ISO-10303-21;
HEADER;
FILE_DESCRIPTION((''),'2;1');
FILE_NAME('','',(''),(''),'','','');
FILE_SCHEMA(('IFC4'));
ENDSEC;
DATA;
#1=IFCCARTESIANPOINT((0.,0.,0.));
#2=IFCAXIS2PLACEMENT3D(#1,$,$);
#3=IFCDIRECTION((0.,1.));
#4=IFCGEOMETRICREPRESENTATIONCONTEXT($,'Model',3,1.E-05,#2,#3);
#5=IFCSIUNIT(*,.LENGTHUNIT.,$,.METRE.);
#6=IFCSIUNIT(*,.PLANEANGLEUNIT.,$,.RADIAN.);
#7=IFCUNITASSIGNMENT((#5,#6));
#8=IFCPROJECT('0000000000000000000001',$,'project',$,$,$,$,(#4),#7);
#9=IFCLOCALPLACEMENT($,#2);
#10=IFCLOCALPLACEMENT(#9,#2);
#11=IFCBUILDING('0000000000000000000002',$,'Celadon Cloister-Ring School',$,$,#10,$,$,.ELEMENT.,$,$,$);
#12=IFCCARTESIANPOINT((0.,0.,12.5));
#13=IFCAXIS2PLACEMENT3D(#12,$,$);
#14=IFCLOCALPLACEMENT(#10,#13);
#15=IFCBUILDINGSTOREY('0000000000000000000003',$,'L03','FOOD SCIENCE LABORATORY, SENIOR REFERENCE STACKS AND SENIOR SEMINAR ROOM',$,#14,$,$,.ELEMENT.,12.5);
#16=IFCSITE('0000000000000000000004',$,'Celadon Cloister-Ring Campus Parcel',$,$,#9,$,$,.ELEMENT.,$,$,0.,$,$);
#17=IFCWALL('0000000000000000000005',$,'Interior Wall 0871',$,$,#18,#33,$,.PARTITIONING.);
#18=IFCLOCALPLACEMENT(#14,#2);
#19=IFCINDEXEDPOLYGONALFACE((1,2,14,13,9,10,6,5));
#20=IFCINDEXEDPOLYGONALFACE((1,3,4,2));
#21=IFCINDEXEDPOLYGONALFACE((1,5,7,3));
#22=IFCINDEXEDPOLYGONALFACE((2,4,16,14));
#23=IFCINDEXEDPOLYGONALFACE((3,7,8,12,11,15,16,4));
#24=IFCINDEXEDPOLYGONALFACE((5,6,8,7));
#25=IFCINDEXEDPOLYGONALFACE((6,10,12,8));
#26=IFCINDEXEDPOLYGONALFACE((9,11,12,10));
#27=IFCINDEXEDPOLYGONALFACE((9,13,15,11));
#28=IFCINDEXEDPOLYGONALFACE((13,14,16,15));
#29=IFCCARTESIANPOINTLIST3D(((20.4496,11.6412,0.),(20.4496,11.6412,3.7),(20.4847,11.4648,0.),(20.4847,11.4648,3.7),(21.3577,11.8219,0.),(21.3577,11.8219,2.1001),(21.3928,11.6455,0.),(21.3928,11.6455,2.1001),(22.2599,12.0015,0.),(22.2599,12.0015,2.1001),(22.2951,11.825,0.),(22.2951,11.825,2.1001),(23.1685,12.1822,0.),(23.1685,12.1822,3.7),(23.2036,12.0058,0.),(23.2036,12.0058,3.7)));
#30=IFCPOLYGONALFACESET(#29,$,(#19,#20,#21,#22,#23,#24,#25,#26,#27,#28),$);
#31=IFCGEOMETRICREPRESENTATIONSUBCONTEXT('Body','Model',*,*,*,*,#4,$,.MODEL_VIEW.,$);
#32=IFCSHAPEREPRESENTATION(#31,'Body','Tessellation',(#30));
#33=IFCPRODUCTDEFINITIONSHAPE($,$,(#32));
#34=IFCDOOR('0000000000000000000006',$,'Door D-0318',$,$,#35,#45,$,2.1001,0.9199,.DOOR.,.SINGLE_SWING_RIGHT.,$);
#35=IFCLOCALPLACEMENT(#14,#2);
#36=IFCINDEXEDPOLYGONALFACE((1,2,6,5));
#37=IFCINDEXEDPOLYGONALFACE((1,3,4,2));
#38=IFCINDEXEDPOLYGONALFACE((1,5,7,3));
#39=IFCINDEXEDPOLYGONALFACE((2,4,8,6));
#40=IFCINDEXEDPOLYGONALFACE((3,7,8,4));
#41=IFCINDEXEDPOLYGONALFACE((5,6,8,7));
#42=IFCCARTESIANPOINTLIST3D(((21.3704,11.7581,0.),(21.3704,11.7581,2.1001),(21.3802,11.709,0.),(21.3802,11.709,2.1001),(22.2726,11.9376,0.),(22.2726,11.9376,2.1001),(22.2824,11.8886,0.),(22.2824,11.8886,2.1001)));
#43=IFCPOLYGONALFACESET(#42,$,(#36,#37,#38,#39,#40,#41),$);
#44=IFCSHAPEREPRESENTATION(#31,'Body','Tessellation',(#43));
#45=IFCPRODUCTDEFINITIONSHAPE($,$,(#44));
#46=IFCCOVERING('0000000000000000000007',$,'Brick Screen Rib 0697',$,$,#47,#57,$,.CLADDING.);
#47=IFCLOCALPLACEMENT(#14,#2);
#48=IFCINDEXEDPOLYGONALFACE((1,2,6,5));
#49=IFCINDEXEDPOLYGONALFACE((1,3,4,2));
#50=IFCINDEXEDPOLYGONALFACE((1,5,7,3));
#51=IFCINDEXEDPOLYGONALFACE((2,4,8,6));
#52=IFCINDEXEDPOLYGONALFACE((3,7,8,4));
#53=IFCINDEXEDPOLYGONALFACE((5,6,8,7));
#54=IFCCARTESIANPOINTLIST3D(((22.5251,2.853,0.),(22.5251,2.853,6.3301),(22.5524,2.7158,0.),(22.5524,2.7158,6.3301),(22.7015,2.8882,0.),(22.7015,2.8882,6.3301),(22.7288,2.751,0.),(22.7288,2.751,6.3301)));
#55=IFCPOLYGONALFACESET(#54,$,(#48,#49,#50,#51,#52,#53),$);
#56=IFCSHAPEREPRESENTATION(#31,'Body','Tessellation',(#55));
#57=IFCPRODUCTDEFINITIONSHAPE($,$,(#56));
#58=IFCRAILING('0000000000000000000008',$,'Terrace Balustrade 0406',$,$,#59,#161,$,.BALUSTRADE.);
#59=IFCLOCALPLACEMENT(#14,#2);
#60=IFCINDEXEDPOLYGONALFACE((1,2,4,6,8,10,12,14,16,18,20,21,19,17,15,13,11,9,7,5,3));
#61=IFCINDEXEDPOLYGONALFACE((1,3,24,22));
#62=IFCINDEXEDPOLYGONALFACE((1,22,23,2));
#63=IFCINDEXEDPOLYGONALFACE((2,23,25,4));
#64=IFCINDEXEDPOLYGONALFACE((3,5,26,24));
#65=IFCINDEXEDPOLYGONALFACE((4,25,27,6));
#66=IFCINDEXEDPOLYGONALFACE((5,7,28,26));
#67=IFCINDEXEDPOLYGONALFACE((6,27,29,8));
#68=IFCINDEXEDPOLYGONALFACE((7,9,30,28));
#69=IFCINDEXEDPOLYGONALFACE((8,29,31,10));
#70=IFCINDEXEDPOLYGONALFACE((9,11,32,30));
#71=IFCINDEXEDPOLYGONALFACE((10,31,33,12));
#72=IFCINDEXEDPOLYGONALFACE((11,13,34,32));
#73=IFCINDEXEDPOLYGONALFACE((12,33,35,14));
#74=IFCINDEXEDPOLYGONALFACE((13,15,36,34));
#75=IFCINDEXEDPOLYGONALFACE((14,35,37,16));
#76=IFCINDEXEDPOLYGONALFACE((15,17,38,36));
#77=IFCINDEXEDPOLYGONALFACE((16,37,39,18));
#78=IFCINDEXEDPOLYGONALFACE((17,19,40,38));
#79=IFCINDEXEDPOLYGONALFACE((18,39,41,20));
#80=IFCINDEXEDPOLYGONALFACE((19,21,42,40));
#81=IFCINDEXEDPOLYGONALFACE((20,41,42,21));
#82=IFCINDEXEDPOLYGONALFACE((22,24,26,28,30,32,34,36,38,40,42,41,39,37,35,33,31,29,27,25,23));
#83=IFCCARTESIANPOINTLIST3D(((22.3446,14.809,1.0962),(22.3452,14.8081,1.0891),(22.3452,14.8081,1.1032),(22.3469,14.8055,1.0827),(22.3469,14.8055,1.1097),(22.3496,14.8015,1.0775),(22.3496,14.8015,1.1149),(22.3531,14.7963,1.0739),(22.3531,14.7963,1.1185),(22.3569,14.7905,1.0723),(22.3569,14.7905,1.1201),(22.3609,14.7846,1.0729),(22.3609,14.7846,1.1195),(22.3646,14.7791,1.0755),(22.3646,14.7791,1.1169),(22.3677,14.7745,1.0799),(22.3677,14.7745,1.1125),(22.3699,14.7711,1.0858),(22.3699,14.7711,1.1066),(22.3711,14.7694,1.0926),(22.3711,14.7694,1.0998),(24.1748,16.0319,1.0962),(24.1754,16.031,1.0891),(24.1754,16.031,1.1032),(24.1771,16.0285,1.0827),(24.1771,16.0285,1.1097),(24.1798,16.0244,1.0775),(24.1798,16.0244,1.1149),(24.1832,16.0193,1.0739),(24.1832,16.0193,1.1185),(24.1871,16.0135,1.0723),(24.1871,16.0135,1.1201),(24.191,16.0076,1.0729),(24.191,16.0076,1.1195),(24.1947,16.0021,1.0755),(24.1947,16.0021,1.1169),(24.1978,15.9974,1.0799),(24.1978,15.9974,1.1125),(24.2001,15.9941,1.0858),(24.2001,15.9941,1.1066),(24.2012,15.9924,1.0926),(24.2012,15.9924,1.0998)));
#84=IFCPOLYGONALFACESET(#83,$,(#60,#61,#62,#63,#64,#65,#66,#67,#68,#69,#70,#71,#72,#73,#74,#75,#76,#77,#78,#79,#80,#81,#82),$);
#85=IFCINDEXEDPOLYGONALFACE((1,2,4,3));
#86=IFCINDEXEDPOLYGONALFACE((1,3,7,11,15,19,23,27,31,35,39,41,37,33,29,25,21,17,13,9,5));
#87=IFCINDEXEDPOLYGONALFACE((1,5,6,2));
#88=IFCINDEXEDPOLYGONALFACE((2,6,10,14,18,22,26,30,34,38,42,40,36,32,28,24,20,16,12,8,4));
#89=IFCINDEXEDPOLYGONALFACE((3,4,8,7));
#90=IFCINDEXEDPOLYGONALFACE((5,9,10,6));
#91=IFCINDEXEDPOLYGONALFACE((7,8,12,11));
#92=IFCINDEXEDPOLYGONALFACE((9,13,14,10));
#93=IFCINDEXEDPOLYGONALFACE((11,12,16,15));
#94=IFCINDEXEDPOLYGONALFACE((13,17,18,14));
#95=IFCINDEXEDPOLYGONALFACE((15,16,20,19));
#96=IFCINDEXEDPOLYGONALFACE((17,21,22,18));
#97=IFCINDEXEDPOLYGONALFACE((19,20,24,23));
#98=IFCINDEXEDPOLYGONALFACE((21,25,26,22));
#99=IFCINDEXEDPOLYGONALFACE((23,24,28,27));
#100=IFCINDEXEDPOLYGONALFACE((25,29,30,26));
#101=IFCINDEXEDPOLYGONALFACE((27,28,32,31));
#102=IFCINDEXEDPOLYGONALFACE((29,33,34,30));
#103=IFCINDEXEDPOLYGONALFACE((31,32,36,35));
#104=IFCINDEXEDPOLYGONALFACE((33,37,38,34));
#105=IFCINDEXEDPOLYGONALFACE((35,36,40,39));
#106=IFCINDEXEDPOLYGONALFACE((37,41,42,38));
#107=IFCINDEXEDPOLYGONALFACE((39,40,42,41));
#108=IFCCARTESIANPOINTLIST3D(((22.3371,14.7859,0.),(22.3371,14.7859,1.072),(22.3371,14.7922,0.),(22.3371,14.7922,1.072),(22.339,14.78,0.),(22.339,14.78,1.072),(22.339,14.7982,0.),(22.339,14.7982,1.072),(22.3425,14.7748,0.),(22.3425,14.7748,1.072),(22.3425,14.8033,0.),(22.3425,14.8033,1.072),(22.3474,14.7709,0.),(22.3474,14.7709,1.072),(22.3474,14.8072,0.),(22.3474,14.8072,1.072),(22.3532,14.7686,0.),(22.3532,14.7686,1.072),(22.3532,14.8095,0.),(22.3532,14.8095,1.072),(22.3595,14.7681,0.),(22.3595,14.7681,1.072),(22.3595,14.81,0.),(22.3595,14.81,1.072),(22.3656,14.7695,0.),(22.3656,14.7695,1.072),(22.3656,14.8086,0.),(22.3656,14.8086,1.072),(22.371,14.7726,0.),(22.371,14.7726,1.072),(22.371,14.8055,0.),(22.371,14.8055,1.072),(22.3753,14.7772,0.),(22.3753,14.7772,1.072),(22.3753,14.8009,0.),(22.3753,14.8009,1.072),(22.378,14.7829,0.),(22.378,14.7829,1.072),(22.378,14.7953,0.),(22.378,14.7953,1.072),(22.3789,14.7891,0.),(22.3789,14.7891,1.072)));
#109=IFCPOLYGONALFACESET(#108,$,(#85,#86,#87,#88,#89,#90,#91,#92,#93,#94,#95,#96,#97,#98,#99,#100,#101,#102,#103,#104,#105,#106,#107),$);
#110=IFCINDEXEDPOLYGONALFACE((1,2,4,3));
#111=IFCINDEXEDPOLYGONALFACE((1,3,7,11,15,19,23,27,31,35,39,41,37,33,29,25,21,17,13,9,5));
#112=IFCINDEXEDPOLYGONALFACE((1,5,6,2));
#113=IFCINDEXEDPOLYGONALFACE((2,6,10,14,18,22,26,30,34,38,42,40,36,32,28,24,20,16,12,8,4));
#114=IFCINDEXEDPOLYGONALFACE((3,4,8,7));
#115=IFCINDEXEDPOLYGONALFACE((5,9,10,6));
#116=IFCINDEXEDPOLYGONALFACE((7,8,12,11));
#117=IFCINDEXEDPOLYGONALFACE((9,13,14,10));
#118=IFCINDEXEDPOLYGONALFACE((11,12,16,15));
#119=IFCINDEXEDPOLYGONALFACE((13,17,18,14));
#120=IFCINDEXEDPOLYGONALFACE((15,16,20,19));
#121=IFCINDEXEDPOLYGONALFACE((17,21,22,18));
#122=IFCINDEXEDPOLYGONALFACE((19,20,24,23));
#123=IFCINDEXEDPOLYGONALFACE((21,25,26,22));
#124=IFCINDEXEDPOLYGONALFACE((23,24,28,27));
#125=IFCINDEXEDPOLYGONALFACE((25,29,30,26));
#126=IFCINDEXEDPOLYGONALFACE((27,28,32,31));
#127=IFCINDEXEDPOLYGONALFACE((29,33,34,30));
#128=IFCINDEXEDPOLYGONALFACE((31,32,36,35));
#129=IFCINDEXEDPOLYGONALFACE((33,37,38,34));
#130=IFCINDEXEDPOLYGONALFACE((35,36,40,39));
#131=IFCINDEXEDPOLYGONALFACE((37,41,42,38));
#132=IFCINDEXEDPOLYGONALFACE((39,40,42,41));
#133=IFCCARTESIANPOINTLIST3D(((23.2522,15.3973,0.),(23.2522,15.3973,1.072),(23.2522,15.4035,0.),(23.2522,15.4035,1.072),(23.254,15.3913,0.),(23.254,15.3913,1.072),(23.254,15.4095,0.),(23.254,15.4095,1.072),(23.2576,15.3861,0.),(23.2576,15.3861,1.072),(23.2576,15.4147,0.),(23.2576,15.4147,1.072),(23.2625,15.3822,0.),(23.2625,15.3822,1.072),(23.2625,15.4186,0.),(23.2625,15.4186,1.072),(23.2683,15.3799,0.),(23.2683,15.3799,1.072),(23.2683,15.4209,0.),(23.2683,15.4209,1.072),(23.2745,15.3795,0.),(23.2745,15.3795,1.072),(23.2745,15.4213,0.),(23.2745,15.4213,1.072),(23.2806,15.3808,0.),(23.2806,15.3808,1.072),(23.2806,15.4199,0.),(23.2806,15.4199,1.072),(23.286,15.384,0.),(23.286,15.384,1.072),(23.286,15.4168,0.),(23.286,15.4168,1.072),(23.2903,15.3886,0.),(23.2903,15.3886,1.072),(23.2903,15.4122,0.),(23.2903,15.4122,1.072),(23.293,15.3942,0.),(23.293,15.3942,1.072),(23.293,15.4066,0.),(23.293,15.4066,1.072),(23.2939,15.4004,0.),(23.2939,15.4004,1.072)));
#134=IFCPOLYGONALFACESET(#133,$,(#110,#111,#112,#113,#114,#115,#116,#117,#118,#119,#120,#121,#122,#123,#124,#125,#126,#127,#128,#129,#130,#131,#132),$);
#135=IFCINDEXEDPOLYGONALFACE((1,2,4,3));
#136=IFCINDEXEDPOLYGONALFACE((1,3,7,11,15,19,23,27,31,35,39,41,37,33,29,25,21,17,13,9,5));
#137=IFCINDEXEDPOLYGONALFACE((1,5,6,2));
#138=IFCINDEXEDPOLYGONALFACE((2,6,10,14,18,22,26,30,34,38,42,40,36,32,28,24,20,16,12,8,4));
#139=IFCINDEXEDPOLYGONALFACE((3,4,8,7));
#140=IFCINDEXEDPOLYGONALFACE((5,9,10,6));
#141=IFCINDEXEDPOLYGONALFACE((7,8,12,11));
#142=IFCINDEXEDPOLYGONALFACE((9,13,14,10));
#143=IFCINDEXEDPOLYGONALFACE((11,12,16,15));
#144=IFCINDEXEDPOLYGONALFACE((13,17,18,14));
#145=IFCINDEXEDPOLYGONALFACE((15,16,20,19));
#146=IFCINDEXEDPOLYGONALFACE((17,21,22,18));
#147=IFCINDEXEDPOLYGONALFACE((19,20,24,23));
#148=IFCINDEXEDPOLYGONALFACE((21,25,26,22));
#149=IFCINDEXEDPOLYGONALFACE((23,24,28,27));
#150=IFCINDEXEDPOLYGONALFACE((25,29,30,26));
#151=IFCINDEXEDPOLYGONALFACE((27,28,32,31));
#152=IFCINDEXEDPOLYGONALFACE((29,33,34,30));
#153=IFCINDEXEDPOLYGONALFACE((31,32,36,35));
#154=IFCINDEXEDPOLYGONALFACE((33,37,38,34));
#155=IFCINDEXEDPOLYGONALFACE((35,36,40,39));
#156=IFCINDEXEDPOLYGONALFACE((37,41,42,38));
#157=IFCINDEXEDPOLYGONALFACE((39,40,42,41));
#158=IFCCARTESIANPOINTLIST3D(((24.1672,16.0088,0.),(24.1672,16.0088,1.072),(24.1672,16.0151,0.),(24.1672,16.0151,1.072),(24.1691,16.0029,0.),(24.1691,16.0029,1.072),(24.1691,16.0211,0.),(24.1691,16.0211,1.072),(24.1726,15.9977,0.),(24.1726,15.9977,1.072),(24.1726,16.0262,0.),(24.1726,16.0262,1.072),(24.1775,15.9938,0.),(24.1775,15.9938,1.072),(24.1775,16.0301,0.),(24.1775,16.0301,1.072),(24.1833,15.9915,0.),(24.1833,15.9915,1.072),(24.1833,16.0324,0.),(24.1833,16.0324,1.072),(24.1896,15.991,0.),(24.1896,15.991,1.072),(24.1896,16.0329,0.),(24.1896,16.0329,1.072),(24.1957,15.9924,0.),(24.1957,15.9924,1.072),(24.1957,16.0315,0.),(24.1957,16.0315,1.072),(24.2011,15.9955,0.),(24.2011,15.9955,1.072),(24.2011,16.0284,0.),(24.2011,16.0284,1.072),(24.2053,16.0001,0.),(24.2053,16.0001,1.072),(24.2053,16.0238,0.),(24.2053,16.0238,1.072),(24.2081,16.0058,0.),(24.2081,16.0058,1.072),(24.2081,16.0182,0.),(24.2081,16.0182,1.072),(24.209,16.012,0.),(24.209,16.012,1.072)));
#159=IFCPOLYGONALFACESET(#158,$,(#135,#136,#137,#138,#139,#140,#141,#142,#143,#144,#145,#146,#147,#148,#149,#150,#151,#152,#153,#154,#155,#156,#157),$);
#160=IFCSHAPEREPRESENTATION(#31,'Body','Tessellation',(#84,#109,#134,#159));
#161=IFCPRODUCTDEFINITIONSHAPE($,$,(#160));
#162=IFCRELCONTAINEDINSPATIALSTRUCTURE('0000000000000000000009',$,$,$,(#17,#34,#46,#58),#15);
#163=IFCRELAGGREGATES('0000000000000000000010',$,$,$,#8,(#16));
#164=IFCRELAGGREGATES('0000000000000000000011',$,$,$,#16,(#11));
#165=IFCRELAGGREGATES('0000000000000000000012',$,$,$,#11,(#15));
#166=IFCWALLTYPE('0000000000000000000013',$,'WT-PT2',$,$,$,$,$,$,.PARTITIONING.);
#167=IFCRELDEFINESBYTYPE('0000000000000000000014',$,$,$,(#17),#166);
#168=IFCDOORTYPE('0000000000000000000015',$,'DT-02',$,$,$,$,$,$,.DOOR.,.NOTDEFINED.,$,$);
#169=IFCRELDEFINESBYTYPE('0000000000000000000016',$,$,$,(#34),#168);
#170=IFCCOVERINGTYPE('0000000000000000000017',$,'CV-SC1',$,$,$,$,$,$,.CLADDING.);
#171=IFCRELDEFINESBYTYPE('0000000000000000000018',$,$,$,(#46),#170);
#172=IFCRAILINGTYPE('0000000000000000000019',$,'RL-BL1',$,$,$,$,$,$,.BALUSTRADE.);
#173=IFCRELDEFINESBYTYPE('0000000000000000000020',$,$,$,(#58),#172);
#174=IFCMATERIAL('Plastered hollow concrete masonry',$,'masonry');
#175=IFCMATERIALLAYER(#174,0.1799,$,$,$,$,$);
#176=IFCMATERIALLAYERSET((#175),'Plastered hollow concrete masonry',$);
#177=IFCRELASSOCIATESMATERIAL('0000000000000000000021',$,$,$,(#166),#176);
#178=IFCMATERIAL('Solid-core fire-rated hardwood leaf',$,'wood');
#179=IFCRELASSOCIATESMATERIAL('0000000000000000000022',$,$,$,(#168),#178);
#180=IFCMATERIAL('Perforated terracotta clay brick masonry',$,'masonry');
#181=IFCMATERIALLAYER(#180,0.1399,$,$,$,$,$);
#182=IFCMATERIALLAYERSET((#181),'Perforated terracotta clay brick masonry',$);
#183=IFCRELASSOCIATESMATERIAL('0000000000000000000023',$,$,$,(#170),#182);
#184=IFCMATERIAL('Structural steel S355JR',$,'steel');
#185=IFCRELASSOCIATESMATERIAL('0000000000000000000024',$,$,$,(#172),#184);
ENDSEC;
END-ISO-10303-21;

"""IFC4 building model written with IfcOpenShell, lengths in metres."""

from ifc_helpers import new_model, si_unit, direction, frame, frame_2d, origin, origin_2d, place, context, subcontext, project, spatial, rectangle, circle, extrude, material, layer, layer_set, type_object, element, fill, save


model = new_model("IFC4")

# Units and contexts
model_context = context("Model", 3, precision=1e-05, world=origin(), true_north=direction((0.0, 1.0)))
body_context = subcontext(model_context, "Body", "Model", "MODEL_VIEW")
ifc_project = project(units=[si_unit("LENGTHUNIT", "METRE"), si_unit("PLANEANGLEUNIT", "RADIAN")], contexts=[model_context])

# Site, building, storey
site_placement = place(None, origin())
site = spatial("IfcSite", under=ifc_project, at=site_placement, Name="Celadon Cloister-Ring Campus Parcel", CompositionType="ELEMENT", RefElevation=0.0)
building_placement = place(site_placement, origin())
building = spatial("IfcBuilding", under=site, at=building_placement, Name="Celadon Cloister-Ring School", CompositionType="ELEMENT")
storey_placement = place(building_placement, frame((0.0, 0.0, 12.5)))
storey = spatial("IfcBuildingStorey", under=building, at=storey_placement, Name="L03", Description="FOOD SCIENCE LABORATORY, SENIOR REFERENCE STACKS AND SENIOR SEMINAR ROOM", CompositionType="ELEMENT", Elevation=12.5)

# Wall, opening, door
ifc_material_1 = material(Name="Plastered hollow concrete masonry", Category="masonry")
ifc_layer_1 = layer(ifc_material_1, 0.1799)
ifc_layer_set_1 = layer_set([ifc_layer_1], Name="Plastered hollow concrete masonry")
wall_type = type_object("IfcWallType", Name="WT-PT2", PredefinedType="PARTITIONING", material=ifc_layer_set_1)
wall_placement = place(storey_placement, frame((20.467, 11.553, 0.0), z_axis=(0.0, 0.0, 1.0), x_axis=(0.980773, 0.195151, 0.0)))
wall = element("IfcWall", 1, at=wall_placement, inside=storey, type_object=wall_type, Name="Interior Wall 0871", PredefinedType="PARTITIONING", context=body_context, shape_type="SweptSolid", body=[
    extrude(rectangle(XDim=2.7722, YDim=0.1799, at=frame_2d((1.3862, 0.0))), origin(), (0.0, 0.0, 1.0), 3.7),
])
opening_placement = place(wall_placement, frame((0.926, 0.0, 0.0)))
opening = element("IfcOpeningElement", 2, at=opening_placement, cuts=wall, PredefinedType="OPENING", context=body_context, shape_type="SweptSolid", body=[
    extrude(rectangle(XDim=0.9199, YDim=2.1001, at=frame_2d((0.46, 1.05))), frame((0.0, 0.1001, 0.0), z_axis=(0.0, -1.0, 0.0), x_axis=(1.0, 0.0, 0.0)), (0.0, 0.0, 1.0), 0.2),
])
ifc_material_2 = material(Name="Solid-core fire-rated hardwood leaf", Category="wood")
door_type = type_object("IfcDoorType", Name="DT-02", OperationType="NOTDEFINED", PredefinedType="DOOR", material=ifc_material_2)
door_placement = place(opening_placement, origin())
door = element("IfcDoor", 3, at=door_placement, inside=storey, type_object=door_type, Name="Door D-0318", OperationType="SINGLE_SWING_RIGHT", OverallHeight=2.1001, OverallWidth=0.9199, PredefinedType="DOOR", context=body_context, shape_type="SweptSolid", body=[
    extrude(rectangle(XDim=0.9199, YDim=2.1001, at=frame_2d((0.46, 1.05))), frame((0.0, 0.0249, 0.0), z_axis=(0.0, -1.0, 0.0), x_axis=(1.0, 0.0, 0.0)), (0.0, 0.0, 1.0), 0.05),
])
fill(opening, door)

# Covering
ifc_material_3 = material(Name="Perforated terracotta clay brick masonry", Category="masonry")
ifc_layer_2 = layer(ifc_material_3, 0.1399)
ifc_layer_set_2 = layer_set([ifc_layer_2], Name="Perforated terracotta clay brick masonry")
covering_type = type_object("IfcCoveringType", Name="CV-SC1", PredefinedType="CLADDING", material=ifc_layer_set_2)
covering_placement = place(storey_placement, frame((22.627, 2.802, 0.0), z_axis=(0.0, 0.0, 1.0), x_axis=(-0.980775, -0.195142, 0.0)))
element("IfcCovering", 4, at=covering_placement, inside=storey, type_object=covering_type, Name="Brick Screen Rib 0697", PredefinedType="CLADDING", context=body_context, shape_type="SweptSolid", body=[
    extrude(rectangle(XDim=0.1799, YDim=0.1399, at=origin_2d()), origin(), (0.0, 0.0, 1.0), 6.3301),
])

# Railing
ifc_material_4 = material(Name="Structural steel S355JR", Category="steel")
railing_type = type_object("IfcRailingType", Name="RL-BL1", PredefinedType="BALUSTRADE", material=ifc_material_4)
railing_placement = place(storey_placement, frame((22.3579, 14.7891, 0.0)))
element("IfcRailing", 5, at=railing_placement, inside=storey, type_object=railing_type, Name="Terrace Balustrade 0406", PredefinedType="BALUSTRADE", context=body_context, shape_type="SweptSolid", body=[
    extrude(circle(Radius=0.0239, at=origin_2d()), frame((0.0, 0.0, 1.0962), z_axis=(0.831453, 0.555596, 0.0), x_axis=(-0.555596, 0.831453, 0.0)), (0.0, 0.0, 1.0), 2.2012),
    extrude(circle(Radius=0.021, at=origin_2d()), origin(), (0.0, 0.0, 1.0), 1.072),
    extrude(circle(Radius=0.021, at=origin_2d()), frame((0.915, 0.6113, 0.0)), (0.0, 0.0, 1.0), 1.072),
    extrude(circle(Radius=0.021, at=origin_2d()), frame((1.8301, 1.2229, 0.0)), (0.0, 0.0, 1.0), 1.072),
])

save(model, "model.ifc")
